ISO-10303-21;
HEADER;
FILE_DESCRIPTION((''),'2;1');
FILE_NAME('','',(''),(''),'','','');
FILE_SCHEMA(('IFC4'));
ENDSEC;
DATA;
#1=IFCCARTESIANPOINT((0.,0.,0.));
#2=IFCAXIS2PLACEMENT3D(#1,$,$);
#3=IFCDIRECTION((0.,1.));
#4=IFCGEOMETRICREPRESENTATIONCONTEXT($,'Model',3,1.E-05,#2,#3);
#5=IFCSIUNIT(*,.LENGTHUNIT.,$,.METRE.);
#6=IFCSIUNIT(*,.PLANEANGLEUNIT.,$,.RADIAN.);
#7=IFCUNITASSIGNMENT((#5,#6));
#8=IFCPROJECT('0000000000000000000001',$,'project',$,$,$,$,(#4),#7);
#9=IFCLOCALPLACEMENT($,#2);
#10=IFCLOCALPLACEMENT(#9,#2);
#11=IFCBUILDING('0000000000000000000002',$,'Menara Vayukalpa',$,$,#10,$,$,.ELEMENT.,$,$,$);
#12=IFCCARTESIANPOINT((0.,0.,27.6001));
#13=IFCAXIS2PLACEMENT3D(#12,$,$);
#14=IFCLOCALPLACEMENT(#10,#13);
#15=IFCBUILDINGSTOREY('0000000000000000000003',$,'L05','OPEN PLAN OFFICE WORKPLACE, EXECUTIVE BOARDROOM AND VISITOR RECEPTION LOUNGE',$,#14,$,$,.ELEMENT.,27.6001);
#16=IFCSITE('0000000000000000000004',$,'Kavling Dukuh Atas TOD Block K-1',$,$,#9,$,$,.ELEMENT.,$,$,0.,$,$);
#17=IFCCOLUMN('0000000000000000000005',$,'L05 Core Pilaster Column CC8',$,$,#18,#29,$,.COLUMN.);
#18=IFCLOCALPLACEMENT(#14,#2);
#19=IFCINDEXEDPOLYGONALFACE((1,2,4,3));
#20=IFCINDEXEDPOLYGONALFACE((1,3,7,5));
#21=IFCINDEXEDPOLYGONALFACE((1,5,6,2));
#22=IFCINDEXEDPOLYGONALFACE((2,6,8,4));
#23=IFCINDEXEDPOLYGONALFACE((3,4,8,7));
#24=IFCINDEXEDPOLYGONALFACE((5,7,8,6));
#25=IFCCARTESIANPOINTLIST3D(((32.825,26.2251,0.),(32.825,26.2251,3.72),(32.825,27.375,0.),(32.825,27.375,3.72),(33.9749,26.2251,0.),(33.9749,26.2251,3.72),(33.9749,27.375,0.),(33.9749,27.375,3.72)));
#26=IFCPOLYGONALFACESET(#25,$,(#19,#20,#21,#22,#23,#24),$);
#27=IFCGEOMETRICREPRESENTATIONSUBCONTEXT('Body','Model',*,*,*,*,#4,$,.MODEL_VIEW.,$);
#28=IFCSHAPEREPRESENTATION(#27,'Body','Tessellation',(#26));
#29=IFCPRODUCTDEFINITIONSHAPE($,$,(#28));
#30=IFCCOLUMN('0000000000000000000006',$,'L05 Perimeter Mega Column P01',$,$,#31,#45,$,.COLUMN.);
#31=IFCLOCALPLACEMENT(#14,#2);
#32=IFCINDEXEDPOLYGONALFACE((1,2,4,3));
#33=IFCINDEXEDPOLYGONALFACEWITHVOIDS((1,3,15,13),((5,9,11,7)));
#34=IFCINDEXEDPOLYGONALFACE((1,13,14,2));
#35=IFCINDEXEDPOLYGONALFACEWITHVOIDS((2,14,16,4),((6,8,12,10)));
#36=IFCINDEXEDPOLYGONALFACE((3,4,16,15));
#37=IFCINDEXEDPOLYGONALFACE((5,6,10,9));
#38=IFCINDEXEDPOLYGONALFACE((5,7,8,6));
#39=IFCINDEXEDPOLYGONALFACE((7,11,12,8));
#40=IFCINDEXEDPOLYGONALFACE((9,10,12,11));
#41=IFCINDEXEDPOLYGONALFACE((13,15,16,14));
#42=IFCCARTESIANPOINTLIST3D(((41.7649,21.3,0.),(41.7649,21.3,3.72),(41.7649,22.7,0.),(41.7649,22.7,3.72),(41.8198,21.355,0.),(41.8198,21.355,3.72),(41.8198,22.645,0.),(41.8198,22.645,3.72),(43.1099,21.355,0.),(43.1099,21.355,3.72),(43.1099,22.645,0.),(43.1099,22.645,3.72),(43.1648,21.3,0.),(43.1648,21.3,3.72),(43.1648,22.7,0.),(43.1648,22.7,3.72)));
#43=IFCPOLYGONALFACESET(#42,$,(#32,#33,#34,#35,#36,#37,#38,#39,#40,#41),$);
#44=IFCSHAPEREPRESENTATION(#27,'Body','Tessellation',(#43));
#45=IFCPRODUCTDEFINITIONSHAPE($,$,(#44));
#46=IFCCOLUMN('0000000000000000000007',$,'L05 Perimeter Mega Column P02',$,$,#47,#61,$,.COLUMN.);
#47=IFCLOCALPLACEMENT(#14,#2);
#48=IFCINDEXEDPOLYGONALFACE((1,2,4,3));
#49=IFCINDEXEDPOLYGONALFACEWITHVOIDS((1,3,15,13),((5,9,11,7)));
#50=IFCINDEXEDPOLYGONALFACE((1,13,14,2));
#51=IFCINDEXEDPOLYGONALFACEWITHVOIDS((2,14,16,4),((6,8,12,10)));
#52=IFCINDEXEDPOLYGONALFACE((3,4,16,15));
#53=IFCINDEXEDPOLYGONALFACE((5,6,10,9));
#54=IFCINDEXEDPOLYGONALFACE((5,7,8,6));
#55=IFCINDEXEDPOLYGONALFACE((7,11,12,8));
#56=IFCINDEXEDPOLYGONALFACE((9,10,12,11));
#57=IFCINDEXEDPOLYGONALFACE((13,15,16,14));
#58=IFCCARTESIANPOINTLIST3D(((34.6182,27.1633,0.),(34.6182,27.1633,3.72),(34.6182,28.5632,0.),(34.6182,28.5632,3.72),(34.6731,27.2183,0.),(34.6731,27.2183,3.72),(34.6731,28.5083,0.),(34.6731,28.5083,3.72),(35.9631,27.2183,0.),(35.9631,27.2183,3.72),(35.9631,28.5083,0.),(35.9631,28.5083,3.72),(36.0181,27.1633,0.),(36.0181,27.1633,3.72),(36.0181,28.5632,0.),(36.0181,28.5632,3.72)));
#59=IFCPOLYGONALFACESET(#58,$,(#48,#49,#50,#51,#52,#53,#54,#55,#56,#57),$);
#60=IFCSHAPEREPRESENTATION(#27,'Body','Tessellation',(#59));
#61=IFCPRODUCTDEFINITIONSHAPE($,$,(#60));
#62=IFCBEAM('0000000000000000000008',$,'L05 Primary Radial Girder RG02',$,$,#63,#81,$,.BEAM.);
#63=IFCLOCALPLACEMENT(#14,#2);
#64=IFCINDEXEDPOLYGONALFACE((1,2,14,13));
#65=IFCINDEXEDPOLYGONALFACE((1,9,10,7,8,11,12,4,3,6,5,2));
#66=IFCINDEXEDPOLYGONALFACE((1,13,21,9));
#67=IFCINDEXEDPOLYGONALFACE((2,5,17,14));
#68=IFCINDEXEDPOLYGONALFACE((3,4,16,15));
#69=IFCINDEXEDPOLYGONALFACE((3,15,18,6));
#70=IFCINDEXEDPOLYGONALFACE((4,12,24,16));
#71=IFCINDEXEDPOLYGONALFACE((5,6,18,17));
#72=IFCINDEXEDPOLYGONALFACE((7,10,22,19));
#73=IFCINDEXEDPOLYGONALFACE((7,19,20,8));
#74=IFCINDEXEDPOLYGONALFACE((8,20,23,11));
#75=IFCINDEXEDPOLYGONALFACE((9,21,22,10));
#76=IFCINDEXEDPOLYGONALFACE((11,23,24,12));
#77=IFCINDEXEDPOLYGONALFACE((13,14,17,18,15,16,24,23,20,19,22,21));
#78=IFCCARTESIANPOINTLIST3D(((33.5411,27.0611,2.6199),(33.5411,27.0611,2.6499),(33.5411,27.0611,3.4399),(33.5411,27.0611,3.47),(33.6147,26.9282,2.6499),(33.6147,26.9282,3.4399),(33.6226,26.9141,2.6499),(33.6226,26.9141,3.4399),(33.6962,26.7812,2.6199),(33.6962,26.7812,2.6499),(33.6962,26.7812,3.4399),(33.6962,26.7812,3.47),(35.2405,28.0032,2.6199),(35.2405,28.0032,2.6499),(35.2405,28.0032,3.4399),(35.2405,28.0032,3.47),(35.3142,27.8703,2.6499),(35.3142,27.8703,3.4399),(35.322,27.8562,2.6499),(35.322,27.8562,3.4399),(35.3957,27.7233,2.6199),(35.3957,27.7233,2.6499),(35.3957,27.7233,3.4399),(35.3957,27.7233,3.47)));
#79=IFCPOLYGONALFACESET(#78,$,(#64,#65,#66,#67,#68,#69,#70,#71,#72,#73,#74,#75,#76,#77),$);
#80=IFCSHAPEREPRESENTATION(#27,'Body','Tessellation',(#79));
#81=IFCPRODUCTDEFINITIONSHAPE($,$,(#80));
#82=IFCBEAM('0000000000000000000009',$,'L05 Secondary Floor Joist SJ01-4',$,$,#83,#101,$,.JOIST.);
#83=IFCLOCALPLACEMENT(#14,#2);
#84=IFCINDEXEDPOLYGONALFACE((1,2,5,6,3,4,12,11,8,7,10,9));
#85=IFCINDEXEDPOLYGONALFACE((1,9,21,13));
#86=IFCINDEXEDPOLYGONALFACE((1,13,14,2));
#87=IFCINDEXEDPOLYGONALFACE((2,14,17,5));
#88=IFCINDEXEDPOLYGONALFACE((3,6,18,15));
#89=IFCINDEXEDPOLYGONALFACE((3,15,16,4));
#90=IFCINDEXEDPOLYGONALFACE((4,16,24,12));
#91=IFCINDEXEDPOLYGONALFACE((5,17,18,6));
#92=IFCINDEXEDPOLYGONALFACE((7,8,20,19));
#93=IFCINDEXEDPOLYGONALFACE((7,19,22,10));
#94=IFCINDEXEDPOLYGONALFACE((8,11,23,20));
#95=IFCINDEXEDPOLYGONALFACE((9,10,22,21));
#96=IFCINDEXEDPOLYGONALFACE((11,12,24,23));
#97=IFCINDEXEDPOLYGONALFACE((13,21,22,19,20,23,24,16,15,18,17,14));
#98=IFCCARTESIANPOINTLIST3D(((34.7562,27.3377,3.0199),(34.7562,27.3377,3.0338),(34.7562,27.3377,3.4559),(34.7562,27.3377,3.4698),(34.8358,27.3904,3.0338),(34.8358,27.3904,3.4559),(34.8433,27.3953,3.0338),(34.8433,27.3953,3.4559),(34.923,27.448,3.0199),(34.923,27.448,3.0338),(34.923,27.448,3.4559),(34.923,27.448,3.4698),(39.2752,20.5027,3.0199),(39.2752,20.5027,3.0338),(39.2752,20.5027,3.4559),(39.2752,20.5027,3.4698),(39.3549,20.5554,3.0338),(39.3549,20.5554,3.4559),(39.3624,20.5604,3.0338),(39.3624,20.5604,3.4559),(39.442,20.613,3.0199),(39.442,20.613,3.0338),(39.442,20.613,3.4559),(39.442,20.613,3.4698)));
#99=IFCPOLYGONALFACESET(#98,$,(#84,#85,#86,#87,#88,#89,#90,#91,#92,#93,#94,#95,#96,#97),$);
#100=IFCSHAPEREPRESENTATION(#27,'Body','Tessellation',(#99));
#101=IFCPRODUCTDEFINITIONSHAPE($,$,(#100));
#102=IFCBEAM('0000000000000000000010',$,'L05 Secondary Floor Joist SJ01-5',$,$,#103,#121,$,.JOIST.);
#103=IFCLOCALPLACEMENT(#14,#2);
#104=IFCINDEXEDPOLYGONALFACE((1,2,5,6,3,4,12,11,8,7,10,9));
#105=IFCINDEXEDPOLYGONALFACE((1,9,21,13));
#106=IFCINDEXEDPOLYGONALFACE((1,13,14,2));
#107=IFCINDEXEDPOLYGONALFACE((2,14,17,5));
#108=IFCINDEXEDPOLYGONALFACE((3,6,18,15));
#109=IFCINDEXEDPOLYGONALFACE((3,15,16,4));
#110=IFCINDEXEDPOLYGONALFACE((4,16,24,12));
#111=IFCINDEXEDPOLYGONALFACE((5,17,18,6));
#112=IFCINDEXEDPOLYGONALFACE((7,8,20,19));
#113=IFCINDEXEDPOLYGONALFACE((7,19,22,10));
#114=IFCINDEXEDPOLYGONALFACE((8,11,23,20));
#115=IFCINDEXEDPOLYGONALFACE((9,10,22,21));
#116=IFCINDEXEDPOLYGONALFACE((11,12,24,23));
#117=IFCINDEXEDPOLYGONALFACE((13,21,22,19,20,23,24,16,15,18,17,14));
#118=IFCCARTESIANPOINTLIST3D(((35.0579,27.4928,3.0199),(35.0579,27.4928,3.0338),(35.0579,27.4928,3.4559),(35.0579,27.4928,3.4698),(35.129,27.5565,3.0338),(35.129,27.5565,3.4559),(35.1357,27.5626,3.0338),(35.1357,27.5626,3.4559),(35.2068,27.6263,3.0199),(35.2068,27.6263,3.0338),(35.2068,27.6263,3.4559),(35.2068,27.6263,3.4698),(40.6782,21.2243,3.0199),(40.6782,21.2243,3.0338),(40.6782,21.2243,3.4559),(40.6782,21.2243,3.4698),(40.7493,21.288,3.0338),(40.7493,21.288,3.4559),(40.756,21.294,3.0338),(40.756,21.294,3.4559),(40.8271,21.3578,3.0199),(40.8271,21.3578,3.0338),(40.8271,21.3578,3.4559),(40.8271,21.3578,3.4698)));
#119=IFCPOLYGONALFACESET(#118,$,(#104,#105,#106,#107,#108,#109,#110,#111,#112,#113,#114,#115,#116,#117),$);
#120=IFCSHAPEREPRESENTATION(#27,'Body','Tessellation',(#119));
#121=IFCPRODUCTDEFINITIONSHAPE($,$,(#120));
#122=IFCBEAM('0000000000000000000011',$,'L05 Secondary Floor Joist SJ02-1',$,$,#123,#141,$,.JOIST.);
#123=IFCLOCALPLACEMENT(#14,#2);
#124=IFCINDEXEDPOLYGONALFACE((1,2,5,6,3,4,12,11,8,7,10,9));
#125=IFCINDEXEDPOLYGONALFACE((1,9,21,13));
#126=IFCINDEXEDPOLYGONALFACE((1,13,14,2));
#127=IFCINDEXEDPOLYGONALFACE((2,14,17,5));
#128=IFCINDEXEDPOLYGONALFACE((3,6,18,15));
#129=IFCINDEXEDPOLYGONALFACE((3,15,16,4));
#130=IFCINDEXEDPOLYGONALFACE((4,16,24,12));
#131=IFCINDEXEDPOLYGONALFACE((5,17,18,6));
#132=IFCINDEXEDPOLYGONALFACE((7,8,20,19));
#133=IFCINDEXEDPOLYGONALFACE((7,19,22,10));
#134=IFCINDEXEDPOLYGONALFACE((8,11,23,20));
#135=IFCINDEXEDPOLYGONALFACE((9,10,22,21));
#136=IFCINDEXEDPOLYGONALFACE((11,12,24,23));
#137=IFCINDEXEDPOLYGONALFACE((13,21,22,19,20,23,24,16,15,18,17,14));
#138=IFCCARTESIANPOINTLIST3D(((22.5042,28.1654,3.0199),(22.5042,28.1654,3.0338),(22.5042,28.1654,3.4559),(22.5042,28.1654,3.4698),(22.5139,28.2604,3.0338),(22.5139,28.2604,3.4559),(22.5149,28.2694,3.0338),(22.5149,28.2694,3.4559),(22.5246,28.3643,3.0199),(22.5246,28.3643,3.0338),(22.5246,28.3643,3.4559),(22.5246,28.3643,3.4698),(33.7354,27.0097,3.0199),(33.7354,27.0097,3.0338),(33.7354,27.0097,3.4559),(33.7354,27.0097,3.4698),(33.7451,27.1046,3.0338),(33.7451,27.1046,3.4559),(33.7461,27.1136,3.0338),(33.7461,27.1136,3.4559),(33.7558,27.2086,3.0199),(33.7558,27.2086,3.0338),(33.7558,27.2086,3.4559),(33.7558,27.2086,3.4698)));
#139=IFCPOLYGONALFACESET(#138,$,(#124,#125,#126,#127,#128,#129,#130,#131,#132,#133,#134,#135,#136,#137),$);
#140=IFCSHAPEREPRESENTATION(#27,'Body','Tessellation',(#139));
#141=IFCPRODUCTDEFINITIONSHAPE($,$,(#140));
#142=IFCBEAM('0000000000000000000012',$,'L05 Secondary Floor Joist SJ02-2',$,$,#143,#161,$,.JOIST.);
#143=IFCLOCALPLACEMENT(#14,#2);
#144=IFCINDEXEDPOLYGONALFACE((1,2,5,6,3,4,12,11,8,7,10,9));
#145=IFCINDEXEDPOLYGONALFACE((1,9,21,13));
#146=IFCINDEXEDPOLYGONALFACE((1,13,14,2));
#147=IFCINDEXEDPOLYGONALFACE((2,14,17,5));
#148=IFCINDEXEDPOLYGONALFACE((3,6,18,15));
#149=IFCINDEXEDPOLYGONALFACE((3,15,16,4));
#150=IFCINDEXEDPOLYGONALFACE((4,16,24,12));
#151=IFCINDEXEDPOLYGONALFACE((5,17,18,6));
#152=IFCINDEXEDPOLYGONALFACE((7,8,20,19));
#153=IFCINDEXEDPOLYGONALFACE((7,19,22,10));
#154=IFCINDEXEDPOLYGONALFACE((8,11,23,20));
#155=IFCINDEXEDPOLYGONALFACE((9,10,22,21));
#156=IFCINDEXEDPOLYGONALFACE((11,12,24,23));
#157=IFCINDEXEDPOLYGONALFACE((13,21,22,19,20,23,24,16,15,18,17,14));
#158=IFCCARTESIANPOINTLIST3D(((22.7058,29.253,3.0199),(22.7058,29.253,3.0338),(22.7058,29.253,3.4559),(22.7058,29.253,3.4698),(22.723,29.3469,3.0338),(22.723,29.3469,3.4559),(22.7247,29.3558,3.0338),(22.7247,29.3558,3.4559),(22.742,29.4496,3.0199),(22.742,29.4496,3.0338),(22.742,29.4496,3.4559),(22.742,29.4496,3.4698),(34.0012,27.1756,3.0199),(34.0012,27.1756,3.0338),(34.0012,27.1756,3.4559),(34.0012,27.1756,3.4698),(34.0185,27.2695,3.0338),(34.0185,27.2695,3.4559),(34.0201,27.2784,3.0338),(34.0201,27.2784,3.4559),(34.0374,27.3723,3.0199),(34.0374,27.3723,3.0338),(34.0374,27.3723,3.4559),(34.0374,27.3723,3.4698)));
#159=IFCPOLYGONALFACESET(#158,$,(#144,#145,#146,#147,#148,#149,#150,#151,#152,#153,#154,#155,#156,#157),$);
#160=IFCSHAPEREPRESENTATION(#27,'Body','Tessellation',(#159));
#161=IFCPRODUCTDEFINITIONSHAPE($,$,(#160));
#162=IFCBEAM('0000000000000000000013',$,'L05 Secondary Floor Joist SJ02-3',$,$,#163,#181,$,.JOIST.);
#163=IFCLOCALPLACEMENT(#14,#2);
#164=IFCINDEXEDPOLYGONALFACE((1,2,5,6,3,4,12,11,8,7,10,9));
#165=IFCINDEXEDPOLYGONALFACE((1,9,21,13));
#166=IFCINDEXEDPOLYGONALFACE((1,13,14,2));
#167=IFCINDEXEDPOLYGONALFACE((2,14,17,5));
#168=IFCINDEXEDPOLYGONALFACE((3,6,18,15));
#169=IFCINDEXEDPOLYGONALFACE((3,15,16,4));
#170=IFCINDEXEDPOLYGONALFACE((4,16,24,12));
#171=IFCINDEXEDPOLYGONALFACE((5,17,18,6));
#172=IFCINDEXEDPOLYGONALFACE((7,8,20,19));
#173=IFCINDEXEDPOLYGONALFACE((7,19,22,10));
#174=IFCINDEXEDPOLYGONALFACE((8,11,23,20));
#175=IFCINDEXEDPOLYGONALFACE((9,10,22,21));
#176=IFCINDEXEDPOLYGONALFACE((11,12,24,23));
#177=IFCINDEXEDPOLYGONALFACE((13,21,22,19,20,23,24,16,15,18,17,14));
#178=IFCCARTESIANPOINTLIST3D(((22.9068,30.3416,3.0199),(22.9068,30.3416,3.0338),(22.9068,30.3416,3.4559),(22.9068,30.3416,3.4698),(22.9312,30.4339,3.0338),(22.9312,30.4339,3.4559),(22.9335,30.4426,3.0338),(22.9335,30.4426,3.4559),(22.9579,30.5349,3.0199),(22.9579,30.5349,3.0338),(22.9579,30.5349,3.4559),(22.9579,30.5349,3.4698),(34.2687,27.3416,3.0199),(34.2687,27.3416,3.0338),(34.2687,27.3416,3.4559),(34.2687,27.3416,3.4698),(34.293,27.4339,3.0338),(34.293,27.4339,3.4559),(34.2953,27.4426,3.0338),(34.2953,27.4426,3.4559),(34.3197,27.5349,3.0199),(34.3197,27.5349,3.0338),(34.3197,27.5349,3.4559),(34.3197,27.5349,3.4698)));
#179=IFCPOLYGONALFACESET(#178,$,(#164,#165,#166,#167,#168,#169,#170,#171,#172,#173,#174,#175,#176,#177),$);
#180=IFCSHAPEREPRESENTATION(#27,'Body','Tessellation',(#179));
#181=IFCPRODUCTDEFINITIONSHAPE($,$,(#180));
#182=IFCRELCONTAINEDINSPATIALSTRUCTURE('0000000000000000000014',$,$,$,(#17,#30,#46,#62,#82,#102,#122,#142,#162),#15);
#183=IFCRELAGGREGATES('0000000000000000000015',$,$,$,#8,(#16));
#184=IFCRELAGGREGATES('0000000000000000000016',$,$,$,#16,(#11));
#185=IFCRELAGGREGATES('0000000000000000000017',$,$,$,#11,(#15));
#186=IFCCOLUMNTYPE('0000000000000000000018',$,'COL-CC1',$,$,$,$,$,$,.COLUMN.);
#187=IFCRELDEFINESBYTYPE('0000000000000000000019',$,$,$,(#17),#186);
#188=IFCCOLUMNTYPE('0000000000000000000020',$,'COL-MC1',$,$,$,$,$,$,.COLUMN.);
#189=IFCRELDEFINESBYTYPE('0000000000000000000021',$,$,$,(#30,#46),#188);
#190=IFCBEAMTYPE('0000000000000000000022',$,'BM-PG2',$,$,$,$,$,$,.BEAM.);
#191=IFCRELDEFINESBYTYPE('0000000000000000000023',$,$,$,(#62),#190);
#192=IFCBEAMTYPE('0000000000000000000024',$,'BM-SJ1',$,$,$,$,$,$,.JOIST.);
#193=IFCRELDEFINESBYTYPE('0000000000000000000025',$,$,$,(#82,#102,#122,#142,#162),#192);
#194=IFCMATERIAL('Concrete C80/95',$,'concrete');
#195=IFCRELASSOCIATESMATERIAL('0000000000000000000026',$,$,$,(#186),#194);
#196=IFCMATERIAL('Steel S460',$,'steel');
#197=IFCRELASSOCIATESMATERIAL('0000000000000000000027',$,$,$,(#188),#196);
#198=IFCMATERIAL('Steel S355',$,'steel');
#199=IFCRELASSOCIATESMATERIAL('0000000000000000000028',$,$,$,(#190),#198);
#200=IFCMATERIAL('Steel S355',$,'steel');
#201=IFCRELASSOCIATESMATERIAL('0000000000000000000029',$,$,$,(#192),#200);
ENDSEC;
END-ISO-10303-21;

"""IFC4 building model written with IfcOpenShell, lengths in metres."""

from ifc_helpers import new_model, si_unit, direction, frame, origin, origin_2d, place, context, subcontext, project, spatial, rectangle, hollow_rectangle, i_section, extrude, material, material_profile, profile_set, type_object, element, save


model = new_model("IFC4")

# Units and contexts
model_context = context("Model", 3, precision=1e-05, world=origin(), true_north=direction((0.0, 1.0)))
body_context = subcontext(model_context, "Body", "Model", "MODEL_VIEW")
ifc_project = project(units=[si_unit("LENGTHUNIT", "METRE"), si_unit("PLANEANGLEUNIT", "RADIAN")], contexts=[model_context])

# Site, building, storey
site_placement = place(None, origin())
site = spatial("IfcSite", under=ifc_project, at=site_placement, Name="Kavling Dukuh Atas TOD Block K-1", CompositionType="ELEMENT", RefElevation=0.0)
building_placement = place(site_placement, origin())
building = spatial("IfcBuilding", under=site, at=building_placement, Name="Menara Vayukalpa", CompositionType="ELEMENT")
storey_placement = place(building_placement, frame((0.0, 0.0, 27.6001)))
storey = spatial("IfcBuildingStorey", under=building, at=storey_placement, Name="L05", Description="OPEN PLAN OFFICE WORKPLACE, EXECUTIVE BOARDROOM AND VISITOR RECEPTION LOUNGE", CompositionType="ELEMENT", Elevation=27.6001)

# Columns
ifc_material_1 = material(Name="Concrete C80/95", Category="concrete")
ifc_material_profile_1 = material_profile(ifc_material_1, rectangle(XDim=1.1499, YDim=1.1499, at=origin_2d()), Name="RC 1150x1150")
ifc_profile_set_1 = profile_set([ifc_material_profile_1], Name="Concrete C80/95")
column_type_1 = type_object("IfcColumnType", Name="COL-CC1", PredefinedType="COLUMN", material=ifc_profile_set_1)
column_placement = place(storey_placement, frame((33.3999, 26.8, 0.0), z_axis=(0.0, 0.0, 1.0), x_axis=(1.0, 0.0, 0.0)))
element("IfcColumn", 1, at=column_placement, inside=storey, type_object=column_type_1, Name="L05 Core Pilaster Column CC8", PredefinedType="COLUMN", context=body_context, shape_type="SweptSolid", body=[
    extrude(rectangle(XDim=1.1499, YDim=1.1499, at=origin_2d()), origin(), (0.0, 0.0, 1.0), 3.72),
])
ifc_material_2 = material(Name="Steel S460", Category="steel")
ifc_material_profile_2 = material_profile(ifc_material_2, hollow_rectangle(XDim=1.3999, YDim=1.3999, WallThickness=0.0549, at=origin_2d()), Name="BOX 1400x1400x55")
ifc_profile_set_2 = profile_set([ifc_material_profile_2], Name="Steel S460")
column_type_2 = type_object("IfcColumnType", Name="COL-MC1", PredefinedType="COLUMN", material=ifc_profile_set_2)
for number, where, z_axis, x_axis, name in (
    (2, (42.4648, 22.0, 0.0), (0.0, 0.0, 1.0), (1.0, 0.0, 0.0), "L05 Perimeter Mega Column P01"),
    (3, (35.3181, 27.8633, 0.0), (0.0, 0.0, 1.0), (1.0, 0.0, 0.0), "L05 Perimeter Mega Column P02"),
):
    element("IfcColumn", number, at=place(storey_placement, frame(where, z_axis=z_axis, x_axis=x_axis)), inside=storey, type_object=column_type_2, Name=name, PredefinedType="COLUMN", context=body_context, shape_type="SweptSolid", body=[
        extrude(hollow_rectangle(XDim=1.3999, YDim=1.3999, WallThickness=0.0549, at=origin_2d()), origin(), (0.0, 0.0, 1.0), 3.72),
    ])

# Beams
ifc_material_3 = material(Name="Steel S355", Category="steel")
ifc_material_profile_3 = material_profile(ifc_material_3, i_section(OverallWidth=0.3201, OverallDepth=0.8501, WebThickness=0.0161, FlangeThickness=0.03, at=origin_2d()), Name="WF 850x320x16x30")
ifc_profile_set_3 = profile_set([ifc_material_profile_3], Name="Steel S355")
beam_type_1 = type_object("IfcBeamType", Name="BM-PG2", PredefinedType="BEAM", material=ifc_profile_set_3)
beam_1_placement = place(storey_placement, frame((33.6187, 26.9211, 3.0449), z_axis=(0.874595, 0.484853, 0.0), x_axis=(-0.484853, 0.874595, 0.0)))
element("IfcBeam", 4, at=beam_1_placement, inside=storey, type_object=beam_type_1, Name="L05 Primary Radial Girder RG02", PredefinedType="BEAM", context=body_context, shape_type="SweptSolid", body=[
    extrude(i_section(OverallWidth=0.3201, OverallDepth=0.8501, WebThickness=0.0161, FlangeThickness=0.03, at=origin_2d()), origin(), (0.0, 0.0, 1.0), 1.9431),
])
ifc_material_4 = material(Name="Steel S355", Category="steel")
ifc_material_profile_4 = material_profile(ifc_material_4, i_section(OverallWidth=0.2, OverallDepth=0.45, WebThickness=0.009, FlangeThickness=0.0139, at=origin_2d()), Name="WF 450x200x9x14")
ifc_profile_set_4 = profile_set([ifc_material_profile_4], Name="Steel S355")
beam_type_2 = type_object("IfcBeamType", Name="BM-SJ1", PredefinedType="JOIST", material=ifc_profile_set_4)
beam_2_placement = place(storey_placement, frame((39.3586, 20.5579, 3.2449), z_axis=(-0.551519, 0.834162, 0.0), x_axis=(-0.834162, -0.551519, 0.0)))
element("IfcBeam", 5, at=beam_2_placement, inside=storey, type_object=beam_type_2, Name="L05 Secondary Floor Joist SJ01-4", PredefinedType="JOIST", context=body_context, shape_type="SweptSolid", body=[
    extrude(i_section(OverallWidth=0.2, OverallDepth=0.45, WebThickness=0.009, FlangeThickness=0.0139, at=origin_2d()), origin(), (0.0, 0.0, 1.0), 8.1938),
])
beam_3_placement = place(storey_placement, frame((40.7527, 21.291, 3.2449), z_axis=(-0.667563, 0.744553, 0.0), x_axis=(-0.744553, -0.667563, 0.0)))
element("IfcBeam", 6, at=beam_3_placement, inside=storey, type_object=beam_type_2, Name="L05 Secondary Floor Joist SJ01-5", PredefinedType="JOIST", context=body_context, shape_type="SweptSolid", body=[
    extrude(i_section(OverallWidth=0.2, OverallDepth=0.45, WebThickness=0.009, FlangeThickness=0.0139, at=origin_2d()), origin(), (0.0, 0.0, 1.0), 8.4192),
])
beam_4_placement = place(storey_placement, frame((33.7456, 27.1091, 3.2449), z_axis=(-0.994747, 0.102366, 0.0), x_axis=(-0.102366, -0.994747, 0.0)))
element("IfcBeam", 7, at=beam_4_placement, inside=storey, type_object=beam_type_2, Name="L05 Secondary Floor Joist SJ02-1", PredefinedType="JOIST", context=body_context, shape_type="SweptSolid", body=[
    extrude(i_section(OverallWidth=0.2, OverallDepth=0.45, WebThickness=0.009, FlangeThickness=0.0139, at=origin_2d()), origin(), (0.0, 0.0, 1.0), 11.2905),
])
beam_5_placement = place(storey_placement, frame((34.0193, 27.2739, 3.2449), z_axis=(-0.983505, 0.180881, 0.0), x_axis=(-0.180881, -0.983505, 0.0)))
element("IfcBeam", 8, at=beam_5_placement, inside=storey, type_object=beam_type_2, Name="L05 Secondary Floor Joist SJ02-2", PredefinedType="JOIST", context=body_context, shape_type="SweptSolid", body=[
    extrude(i_section(OverallWidth=0.2, OverallDepth=0.45, WebThickness=0.009, FlangeThickness=0.0139, at=origin_2d()), origin(), (0.0, 0.0, 1.0), 11.4849),
])
beam_6_placement = place(storey_placement, frame((34.2942, 27.4382, 3.2449), z_axis=(-0.966864, 0.255293, 0.0), x_axis=(-0.255293, -0.966864, 0.0)))
element("IfcBeam", 9, at=beam_6_placement, inside=storey, type_object=beam_type_2, Name="L05 Secondary Floor Joist SJ02-3", PredefinedType="JOIST", context=body_context, shape_type="SweptSolid", body=[
    extrude(i_section(OverallWidth=0.2, OverallDepth=0.45, WebThickness=0.009, FlangeThickness=0.0139, at=origin_2d()), origin(), (0.0, 0.0, 1.0), 11.7512),
])

save(model, "model.ifc")
